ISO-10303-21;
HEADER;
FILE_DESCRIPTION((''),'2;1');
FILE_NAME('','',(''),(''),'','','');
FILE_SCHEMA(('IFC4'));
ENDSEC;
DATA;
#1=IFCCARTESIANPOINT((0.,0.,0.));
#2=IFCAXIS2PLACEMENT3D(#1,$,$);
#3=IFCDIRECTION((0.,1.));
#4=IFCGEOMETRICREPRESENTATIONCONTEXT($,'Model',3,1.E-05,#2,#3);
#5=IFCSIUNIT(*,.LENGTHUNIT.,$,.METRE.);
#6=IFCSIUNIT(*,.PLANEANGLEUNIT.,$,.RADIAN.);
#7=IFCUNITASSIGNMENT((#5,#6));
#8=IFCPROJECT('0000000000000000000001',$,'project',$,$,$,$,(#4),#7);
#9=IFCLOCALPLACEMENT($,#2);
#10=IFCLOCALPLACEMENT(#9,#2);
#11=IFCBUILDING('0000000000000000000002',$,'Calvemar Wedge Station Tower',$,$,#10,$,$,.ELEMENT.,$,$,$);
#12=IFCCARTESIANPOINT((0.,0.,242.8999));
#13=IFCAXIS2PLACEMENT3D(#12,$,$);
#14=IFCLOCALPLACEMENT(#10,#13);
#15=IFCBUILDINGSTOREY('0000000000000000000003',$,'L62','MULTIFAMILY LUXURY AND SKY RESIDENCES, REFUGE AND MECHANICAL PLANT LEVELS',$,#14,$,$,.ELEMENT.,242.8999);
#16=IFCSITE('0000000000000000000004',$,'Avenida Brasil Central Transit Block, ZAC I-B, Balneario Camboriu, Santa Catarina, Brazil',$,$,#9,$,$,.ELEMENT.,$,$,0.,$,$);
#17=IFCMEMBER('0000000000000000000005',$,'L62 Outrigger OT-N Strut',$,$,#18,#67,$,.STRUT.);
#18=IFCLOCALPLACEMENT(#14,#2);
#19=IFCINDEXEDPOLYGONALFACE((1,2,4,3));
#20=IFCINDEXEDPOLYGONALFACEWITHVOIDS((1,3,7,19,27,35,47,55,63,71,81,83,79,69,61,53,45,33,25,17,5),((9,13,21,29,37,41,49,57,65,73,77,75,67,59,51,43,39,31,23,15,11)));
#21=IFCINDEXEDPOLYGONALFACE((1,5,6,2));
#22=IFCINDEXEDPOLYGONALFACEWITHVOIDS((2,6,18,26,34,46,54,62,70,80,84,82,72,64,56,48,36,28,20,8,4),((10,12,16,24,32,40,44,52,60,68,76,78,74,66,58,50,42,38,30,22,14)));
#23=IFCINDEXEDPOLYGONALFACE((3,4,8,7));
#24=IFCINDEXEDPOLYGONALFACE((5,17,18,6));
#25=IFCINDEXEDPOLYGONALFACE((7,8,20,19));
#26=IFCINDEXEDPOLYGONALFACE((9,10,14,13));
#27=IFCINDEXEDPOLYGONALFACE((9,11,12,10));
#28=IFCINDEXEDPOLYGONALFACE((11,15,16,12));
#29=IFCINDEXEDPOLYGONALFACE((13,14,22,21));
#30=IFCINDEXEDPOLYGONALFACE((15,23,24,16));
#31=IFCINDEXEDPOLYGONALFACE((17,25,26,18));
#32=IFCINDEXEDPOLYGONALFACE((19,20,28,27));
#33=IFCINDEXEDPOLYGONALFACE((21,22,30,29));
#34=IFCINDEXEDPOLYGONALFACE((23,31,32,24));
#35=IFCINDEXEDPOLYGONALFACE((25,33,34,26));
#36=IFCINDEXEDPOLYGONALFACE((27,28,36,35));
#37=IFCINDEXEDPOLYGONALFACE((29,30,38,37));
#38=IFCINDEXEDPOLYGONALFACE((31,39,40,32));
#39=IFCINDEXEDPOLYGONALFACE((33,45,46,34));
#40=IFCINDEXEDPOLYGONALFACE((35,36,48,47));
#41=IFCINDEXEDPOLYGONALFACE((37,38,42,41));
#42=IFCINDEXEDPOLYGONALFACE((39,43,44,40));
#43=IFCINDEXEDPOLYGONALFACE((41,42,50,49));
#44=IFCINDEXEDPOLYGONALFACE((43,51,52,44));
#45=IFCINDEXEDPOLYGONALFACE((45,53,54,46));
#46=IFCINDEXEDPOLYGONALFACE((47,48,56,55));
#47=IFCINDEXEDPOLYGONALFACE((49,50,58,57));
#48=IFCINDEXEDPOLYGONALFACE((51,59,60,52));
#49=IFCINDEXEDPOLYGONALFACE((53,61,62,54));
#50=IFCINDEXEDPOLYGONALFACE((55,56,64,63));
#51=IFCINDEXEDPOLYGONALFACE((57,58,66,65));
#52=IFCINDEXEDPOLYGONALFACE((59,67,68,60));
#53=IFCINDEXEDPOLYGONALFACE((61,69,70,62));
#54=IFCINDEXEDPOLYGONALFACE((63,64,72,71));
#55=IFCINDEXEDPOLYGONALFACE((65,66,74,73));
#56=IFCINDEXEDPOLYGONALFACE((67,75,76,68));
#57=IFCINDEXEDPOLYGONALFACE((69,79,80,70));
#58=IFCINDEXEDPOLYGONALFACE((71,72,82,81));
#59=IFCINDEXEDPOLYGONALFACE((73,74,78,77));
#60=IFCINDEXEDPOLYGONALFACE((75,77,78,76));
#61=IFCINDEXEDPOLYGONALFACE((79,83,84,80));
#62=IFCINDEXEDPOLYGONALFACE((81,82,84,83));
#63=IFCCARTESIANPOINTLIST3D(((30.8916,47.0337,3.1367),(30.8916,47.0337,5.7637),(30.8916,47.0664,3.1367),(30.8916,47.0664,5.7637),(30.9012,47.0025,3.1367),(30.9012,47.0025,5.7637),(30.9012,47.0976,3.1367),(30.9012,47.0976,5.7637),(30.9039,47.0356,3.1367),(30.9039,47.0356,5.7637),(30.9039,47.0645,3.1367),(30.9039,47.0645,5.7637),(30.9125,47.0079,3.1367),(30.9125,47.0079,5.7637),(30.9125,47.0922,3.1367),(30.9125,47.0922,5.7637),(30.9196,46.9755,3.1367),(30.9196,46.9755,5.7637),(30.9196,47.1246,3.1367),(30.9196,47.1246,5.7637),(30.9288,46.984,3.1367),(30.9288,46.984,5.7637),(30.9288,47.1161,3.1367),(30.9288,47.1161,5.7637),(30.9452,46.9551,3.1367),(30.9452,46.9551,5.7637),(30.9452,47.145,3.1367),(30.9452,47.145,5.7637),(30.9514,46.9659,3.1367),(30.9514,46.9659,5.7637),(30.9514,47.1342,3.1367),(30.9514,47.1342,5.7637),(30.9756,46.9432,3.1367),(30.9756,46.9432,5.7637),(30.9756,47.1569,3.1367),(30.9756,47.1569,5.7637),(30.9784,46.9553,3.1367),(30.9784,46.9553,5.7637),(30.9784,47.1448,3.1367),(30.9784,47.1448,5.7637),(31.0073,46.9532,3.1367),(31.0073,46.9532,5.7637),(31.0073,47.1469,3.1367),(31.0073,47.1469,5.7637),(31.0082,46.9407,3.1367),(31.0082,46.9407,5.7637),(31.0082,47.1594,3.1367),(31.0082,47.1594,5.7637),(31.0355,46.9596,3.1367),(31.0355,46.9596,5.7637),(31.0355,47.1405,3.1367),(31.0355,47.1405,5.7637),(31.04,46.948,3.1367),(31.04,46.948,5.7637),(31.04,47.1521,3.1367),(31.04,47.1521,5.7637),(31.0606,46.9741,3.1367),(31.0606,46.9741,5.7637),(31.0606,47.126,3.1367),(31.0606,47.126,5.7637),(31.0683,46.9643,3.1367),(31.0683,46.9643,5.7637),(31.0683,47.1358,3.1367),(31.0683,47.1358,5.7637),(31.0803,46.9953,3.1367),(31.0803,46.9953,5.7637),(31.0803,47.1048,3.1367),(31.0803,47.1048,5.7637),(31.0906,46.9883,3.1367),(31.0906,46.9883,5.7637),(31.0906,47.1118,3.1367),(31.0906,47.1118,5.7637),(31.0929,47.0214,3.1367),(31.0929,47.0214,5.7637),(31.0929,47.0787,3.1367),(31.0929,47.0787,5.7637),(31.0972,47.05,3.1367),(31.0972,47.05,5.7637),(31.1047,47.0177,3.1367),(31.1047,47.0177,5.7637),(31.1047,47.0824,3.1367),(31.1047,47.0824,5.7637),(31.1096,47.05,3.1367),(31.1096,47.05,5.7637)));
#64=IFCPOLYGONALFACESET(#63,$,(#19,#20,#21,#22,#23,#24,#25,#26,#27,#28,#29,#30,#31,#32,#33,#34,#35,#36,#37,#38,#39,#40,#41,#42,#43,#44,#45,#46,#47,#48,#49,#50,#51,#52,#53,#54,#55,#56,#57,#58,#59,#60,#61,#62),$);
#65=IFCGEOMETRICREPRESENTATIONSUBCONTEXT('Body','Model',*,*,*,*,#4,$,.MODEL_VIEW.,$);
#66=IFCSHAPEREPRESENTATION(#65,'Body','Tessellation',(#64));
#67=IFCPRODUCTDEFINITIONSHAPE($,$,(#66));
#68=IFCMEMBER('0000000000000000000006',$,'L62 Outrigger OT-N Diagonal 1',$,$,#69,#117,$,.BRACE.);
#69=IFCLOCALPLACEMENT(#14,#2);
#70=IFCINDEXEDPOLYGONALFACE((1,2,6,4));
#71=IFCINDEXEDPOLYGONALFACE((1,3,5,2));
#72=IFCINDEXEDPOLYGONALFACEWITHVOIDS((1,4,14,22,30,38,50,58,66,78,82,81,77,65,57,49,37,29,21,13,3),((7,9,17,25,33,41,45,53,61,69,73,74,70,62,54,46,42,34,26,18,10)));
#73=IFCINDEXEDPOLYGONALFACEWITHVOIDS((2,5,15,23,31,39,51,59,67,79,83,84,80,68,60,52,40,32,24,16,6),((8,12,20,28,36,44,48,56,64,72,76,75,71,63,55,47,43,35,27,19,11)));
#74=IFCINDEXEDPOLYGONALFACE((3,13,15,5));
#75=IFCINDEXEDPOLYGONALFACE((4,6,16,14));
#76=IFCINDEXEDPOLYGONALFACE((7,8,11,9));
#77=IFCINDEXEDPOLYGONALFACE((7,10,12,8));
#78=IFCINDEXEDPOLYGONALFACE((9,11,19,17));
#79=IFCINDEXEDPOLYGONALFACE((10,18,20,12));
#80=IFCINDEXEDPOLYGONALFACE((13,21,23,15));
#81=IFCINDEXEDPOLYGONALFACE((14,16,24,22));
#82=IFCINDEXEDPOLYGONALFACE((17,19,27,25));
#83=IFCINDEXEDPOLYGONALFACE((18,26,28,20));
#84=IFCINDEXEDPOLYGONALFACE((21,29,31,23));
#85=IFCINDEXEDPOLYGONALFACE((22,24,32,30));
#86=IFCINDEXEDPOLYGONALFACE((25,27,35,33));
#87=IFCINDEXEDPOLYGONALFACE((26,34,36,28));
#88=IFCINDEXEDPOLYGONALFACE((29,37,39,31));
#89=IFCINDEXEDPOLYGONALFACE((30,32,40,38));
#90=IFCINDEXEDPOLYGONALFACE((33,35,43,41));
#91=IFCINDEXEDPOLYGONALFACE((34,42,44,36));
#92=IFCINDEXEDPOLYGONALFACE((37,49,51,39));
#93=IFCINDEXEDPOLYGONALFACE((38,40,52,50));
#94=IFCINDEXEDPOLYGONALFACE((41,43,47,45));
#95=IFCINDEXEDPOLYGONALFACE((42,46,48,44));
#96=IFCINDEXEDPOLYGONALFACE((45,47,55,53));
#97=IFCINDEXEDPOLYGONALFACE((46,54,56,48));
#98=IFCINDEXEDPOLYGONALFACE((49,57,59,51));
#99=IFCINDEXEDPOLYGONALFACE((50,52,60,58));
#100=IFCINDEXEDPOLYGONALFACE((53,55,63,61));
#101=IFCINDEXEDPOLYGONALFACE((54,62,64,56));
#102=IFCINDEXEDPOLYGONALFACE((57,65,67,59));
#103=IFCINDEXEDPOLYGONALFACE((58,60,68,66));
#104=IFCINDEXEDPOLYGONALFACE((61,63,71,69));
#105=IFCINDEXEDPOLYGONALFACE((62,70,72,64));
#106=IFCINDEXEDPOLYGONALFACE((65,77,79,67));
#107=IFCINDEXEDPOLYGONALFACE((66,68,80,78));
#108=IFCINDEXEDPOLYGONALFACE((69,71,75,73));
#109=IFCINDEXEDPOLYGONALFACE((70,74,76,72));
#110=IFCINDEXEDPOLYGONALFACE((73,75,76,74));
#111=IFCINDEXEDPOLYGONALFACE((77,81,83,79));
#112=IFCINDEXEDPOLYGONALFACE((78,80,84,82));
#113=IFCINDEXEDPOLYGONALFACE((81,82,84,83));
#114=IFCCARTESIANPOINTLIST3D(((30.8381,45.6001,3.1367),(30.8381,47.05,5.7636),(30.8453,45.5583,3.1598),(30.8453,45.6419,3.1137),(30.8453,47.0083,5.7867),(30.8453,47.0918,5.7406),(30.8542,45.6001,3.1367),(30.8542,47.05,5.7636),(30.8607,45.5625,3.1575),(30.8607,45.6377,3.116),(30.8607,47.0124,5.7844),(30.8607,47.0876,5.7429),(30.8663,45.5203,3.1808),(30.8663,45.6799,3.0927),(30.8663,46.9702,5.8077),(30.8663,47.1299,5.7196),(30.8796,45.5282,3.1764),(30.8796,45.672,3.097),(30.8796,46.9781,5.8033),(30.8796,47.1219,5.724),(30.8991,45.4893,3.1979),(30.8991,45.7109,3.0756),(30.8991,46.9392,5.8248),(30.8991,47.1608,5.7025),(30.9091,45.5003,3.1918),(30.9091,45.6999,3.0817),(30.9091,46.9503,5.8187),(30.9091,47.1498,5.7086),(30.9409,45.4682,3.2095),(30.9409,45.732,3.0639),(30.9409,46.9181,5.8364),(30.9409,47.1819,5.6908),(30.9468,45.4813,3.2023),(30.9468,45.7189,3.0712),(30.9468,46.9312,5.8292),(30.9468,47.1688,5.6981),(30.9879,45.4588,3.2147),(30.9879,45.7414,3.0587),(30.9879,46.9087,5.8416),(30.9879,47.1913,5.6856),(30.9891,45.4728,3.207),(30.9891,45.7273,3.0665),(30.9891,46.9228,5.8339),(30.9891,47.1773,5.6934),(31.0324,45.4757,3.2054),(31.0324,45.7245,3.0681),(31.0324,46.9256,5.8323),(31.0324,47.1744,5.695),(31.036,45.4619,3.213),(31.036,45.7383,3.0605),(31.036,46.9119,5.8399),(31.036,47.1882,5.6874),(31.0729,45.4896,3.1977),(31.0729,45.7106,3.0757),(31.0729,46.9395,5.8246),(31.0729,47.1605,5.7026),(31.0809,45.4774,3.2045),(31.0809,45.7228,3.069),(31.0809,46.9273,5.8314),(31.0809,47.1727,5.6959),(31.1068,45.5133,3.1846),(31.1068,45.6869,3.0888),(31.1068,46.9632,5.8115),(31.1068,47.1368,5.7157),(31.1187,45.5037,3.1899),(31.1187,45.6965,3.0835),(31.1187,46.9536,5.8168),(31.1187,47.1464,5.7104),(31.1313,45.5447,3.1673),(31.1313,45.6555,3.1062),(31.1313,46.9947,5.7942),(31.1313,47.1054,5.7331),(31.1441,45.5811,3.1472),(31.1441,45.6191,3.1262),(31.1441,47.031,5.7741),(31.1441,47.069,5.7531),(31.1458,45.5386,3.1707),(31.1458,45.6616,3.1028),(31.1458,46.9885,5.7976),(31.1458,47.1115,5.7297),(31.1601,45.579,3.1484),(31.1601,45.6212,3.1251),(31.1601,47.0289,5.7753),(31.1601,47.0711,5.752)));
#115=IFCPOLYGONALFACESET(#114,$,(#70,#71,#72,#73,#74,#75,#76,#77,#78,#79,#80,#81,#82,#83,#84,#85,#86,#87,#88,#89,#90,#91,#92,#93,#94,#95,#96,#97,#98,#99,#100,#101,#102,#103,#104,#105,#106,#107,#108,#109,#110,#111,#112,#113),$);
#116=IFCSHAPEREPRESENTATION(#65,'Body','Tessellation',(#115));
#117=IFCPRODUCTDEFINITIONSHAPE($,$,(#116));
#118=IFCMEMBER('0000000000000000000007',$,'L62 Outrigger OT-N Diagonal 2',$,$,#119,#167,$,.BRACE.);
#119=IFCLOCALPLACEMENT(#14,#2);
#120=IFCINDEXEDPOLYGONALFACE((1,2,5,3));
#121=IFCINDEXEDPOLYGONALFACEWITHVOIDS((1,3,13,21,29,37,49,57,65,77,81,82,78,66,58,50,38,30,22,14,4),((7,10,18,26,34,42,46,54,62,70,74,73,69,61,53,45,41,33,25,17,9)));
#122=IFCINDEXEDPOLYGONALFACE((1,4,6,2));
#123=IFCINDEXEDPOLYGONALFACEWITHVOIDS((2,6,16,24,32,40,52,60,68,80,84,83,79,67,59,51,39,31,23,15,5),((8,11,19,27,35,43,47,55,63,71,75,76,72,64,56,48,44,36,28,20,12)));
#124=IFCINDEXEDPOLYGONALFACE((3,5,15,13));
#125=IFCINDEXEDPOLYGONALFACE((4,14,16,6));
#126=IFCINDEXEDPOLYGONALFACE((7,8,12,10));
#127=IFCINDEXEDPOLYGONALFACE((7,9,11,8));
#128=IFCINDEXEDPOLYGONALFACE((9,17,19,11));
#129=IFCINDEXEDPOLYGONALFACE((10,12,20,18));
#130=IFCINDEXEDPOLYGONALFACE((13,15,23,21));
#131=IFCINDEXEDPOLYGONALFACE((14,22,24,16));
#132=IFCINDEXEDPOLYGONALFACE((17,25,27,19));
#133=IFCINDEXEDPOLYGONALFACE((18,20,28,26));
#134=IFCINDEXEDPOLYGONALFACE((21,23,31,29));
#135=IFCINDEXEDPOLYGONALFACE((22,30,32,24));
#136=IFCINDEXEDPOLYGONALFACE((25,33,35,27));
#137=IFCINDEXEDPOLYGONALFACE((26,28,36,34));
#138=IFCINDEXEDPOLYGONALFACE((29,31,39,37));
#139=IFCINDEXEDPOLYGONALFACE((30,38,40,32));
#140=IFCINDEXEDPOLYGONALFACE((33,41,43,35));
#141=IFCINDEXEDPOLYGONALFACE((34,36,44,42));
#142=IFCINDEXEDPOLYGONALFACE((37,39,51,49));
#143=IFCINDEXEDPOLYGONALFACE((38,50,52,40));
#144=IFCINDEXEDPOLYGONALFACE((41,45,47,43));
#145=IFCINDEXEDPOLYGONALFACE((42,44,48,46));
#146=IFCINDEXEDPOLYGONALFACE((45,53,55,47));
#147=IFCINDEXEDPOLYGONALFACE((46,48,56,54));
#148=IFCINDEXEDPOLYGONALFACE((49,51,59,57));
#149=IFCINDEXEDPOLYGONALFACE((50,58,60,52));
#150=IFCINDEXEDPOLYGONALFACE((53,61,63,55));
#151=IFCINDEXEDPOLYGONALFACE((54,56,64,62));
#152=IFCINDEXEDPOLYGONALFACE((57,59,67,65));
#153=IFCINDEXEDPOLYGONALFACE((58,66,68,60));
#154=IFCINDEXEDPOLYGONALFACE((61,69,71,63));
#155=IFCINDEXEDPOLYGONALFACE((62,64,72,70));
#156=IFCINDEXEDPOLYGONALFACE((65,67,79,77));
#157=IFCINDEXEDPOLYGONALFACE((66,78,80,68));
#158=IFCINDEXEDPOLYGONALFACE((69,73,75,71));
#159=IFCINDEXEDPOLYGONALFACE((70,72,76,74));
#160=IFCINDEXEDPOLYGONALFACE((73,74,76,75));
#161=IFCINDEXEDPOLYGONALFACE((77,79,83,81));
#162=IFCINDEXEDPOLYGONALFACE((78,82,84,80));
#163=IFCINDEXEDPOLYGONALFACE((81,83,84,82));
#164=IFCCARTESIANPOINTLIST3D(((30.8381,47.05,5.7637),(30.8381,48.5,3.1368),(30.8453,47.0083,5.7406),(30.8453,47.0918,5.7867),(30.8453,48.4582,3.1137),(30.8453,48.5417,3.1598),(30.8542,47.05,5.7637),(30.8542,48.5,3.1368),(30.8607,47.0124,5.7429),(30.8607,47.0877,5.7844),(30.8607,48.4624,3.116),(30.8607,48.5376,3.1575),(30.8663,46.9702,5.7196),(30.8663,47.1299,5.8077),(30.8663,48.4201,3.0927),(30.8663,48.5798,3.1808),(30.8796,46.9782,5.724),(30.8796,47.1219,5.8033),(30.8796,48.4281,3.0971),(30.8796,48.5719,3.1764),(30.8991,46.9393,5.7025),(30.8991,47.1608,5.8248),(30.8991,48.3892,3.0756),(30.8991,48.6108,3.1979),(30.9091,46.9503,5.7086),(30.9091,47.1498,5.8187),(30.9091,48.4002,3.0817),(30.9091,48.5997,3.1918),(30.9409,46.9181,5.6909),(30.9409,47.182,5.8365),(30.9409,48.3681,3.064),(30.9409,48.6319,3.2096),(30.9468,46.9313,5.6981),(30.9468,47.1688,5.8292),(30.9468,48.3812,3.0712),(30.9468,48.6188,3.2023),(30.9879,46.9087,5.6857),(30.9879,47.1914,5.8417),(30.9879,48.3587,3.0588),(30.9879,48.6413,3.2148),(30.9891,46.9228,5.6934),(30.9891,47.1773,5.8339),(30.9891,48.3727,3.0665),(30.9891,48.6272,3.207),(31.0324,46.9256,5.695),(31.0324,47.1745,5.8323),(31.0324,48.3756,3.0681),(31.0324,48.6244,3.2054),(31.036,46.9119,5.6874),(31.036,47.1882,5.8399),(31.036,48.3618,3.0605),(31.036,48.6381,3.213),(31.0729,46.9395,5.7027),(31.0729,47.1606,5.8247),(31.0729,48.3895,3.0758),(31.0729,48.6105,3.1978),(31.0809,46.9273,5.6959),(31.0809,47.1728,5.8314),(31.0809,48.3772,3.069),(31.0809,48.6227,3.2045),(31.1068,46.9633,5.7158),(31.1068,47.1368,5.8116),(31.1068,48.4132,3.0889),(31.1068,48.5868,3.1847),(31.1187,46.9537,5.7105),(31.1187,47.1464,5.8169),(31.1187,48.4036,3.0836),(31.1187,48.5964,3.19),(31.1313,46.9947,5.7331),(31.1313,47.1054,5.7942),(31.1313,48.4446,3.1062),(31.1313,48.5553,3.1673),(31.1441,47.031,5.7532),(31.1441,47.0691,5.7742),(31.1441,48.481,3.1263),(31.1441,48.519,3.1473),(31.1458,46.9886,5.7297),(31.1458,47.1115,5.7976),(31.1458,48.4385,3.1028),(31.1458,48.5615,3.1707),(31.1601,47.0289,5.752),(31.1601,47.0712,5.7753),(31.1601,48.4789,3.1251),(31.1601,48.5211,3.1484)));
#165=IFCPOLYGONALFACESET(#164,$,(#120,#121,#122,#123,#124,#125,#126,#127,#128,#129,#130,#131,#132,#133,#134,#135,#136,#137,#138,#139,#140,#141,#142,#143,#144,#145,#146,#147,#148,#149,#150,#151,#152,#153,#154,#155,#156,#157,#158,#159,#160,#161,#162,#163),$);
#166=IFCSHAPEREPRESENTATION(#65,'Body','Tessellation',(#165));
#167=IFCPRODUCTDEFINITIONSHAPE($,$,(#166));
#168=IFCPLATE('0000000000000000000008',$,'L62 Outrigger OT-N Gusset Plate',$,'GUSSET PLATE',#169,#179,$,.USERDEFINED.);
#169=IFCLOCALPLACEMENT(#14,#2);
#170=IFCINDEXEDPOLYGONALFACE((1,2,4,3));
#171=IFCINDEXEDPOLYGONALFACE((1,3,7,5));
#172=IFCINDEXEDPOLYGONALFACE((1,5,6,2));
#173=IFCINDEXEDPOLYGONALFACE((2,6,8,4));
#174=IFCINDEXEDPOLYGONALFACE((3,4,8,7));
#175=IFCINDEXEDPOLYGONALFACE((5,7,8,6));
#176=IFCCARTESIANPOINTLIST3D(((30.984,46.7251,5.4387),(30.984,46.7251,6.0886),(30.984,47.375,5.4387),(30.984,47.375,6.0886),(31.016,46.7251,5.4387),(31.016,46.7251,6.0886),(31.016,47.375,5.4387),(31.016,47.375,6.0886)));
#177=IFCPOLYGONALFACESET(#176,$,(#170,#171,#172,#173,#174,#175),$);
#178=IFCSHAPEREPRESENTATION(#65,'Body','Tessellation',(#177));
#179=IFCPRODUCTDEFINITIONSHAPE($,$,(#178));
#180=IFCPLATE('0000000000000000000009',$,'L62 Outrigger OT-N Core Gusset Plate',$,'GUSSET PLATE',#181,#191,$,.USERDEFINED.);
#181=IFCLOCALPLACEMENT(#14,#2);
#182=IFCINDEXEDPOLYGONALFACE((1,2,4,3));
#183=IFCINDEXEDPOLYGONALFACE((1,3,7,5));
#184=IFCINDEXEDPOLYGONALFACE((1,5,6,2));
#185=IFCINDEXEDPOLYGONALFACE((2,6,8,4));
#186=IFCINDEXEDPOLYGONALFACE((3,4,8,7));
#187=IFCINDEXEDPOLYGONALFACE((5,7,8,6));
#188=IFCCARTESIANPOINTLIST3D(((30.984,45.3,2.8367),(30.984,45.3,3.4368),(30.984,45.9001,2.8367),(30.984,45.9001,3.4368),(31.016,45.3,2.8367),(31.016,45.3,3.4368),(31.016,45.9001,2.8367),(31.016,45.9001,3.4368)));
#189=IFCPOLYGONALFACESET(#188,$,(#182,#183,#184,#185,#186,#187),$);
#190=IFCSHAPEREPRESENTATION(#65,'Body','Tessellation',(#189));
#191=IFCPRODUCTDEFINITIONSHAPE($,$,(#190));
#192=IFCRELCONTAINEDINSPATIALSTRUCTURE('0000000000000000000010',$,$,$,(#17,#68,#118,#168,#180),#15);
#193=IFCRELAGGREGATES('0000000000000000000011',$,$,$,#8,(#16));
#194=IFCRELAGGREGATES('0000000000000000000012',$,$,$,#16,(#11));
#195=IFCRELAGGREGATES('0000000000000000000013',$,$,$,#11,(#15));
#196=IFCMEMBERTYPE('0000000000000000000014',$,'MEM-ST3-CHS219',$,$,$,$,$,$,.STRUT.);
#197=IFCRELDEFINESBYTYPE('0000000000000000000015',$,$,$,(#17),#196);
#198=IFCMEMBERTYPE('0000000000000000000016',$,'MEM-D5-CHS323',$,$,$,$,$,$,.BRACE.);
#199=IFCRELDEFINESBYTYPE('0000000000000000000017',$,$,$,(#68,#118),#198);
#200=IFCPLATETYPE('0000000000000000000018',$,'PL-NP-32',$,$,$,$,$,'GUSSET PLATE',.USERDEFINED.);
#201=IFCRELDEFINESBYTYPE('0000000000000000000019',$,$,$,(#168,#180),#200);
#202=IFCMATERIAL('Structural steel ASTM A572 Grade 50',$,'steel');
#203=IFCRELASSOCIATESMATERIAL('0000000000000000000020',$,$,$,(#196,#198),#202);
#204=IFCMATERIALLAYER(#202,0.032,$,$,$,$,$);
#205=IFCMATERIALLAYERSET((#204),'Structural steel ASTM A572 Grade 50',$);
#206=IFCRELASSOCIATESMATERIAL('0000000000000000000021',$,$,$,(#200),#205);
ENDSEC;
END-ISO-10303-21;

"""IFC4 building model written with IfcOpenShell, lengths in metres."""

from ifc_helpers import new_model, si_unit, direction, frame, origin, origin_2d, place, context, subcontext, project, spatial, rectangle, hollow_circle, extrude, source, transform, mapped, material, layer, layer_set, material_profile, profile_set, type_object, element, save


model = new_model("IFC4")

# Units and contexts
model_context = context("Model", 3, precision=1e-05, world=origin(), true_north=direction((0.0, 1.0)))
body_context = subcontext(model_context, "Body", "Model", "MODEL_VIEW")
ifc_project = project(units=[si_unit("LENGTHUNIT", "METRE"), si_unit("PLANEANGLEUNIT", "RADIAN")], contexts=[model_context])

# Site, building, storey
site_placement = place(None, origin())
site = spatial("IfcSite", under=ifc_project, at=site_placement, Name="Avenida Brasil Central Transit Block, ZAC I-B, Balneario Camboriu, Santa Catarina, Brazil", CompositionType="ELEMENT", RefElevation=0.0)
building_placement = place(site_placement, origin())
building = spatial("IfcBuilding", under=site, at=building_placement, Name="Calvemar Wedge Station Tower", CompositionType="ELEMENT")
storey_placement = place(building_placement, frame((0.0, 0.0, 242.8999)))
storey = spatial("IfcBuildingStorey", under=building, at=storey_placement, Name="L62", Description="MULTIFAMILY LUXURY AND SKY RESIDENCES, REFUGE AND MECHANICAL PLANT LEVELS", CompositionType="ELEMENT", Elevation=242.8999)

# Shared definitions
ifc_material_1 = material(Name="Structural steel ASTM A572 Grade 50", Category="steel")

# Members
ifc_material_profile_1 = material_profile(ifc_material_1, hollow_circle(Radius=0.1096, WallThickness=0.0125, at=origin_2d()), Name="CHS219.1x12.5")
ifc_profile_set_1 = profile_set([ifc_material_profile_1], Name="Structural steel ASTM A572 Grade 50")
member_type_1 = type_object("IfcMemberType", Name="MEM-ST3-CHS219", PredefinedType="STRUT", material=ifc_profile_set_1)
shared_shape_1 = source(origin(), body_context, "Body", "SweptSolid", [
    extrude(hollow_circle(Radius=0.1096, WallThickness=0.0125, at=origin_2d()), origin(), (0.0, 0.0, 1.0), 2.627),
])
member_1_placement = place(storey_placement, frame((31.0, 47.05, 3.1367), z_axis=(0.0, 0.0, 1.0), x_axis=(1.0, 0.0, 0.0)))
element("IfcMember", 1, at=member_1_placement, inside=storey, type_object=member_type_1, Name="L62 Outrigger OT-N Strut", PredefinedType="STRUT", context=body_context, shape_type="MappedRepresentation", body=[
    mapped(shared_shape_1, transform((0.0, 0.0, 0.0), scale=1.0)),
])
ifc_material_profile_2 = material_profile(ifc_material_1, hollow_circle(Radius=0.1619, WallThickness=0.0161, at=origin_2d()), Name="CHS323.9x16")
ifc_profile_set_2 = profile_set([ifc_material_profile_2], Name="Structural steel ASTM A572 Grade 50")
member_type_2 = type_object("IfcMemberType", Name="MEM-D5-CHS323", PredefinedType="BRACE", material=ifc_profile_set_2)
shared_shape_2 = source(origin(), body_context, "Body", "SweptSolid", [
    extrude(hollow_circle(Radius=0.1619, WallThickness=0.0161, at=origin_2d()), origin(), (0.0, 0.0, 1.0), 3.0005),
])
for number, where, z_axis, x_axis, name in (
    (2, (31.0, 45.6001, 3.1367), (0.0, 0.48323, 0.875493), (-1.0, 0.0, 0.0), "L62 Outrigger OT-N Diagonal 1"),
    (3, (31.0, 47.05, 5.7637), (0.0, 0.48323, -0.875493), (-1.0, 0.0, 0.0), "L62 Outrigger OT-N Diagonal 2"),
):
    element("IfcMember", number, at=place(storey_placement, frame(where, z_axis=z_axis, x_axis=x_axis)), inside=storey, type_object=member_type_2, Name=name, PredefinedType="BRACE", context=body_context, shape_type="MappedRepresentation", body=[
        mapped(shared_shape_2, transform((0.0, 0.0, 0.0), scale=1.0)),
    ])

# Plates
ifc_layer_1 = layer(ifc_material_1, 0.032)
ifc_layer_set_1 = layer_set([ifc_layer_1], Name="Structural steel ASTM A572 Grade 50")
plate_type_1 = type_object("IfcPlateType", Name="PL-NP-32", ElementType="GUSSET PLATE", PredefinedType="USERDEFINED", material=ifc_layer_set_1)
shared_shape_3 = source(origin(), body_context, "Body", "SweptSolid", [
    extrude(rectangle(XDim=0.6499, YDim=0.032, at=origin_2d()), origin(), (0.0, 0.0, 1.0), 0.6499),
])
plate_placement = place(storey_placement, frame((31.0, 47.05, 5.4387), z_axis=(0.0, 0.0, 1.0), x_axis=(0.0, 1.0, 0.0)))
element("IfcPlate", 4, at=plate_placement, inside=storey, type_object=plate_type_1, Name="L62 Outrigger OT-N Gusset Plate", ObjectType="GUSSET PLATE", PredefinedType="USERDEFINED", context=body_context, shape_type="MappedRepresentation", body=[
    mapped(shared_shape_3, transform((0.0, 0.0, 0.0), scale=1.0)),
])
shared_shape_4 = source(origin(), body_context, "Body", "SweptSolid", [
    extrude(rectangle(XDim=0.6001, YDim=0.032, at=origin_2d()), origin(), (0.0, 0.0, 1.0), 0.6001),
])
for number, where, z_axis, x_axis, name in (
    (5, (31.0, 45.6001, 2.8367), (0.0, 0.0, 1.0), (0.0, 1.0, 0.0), "L62 Outrigger OT-N Core Gusset Plate"),
):
    element("IfcPlate", number, at=place(storey_placement, frame(where, z_axis=z_axis, x_axis=x_axis)), inside=storey, type_object=plate_type_1, Name=name, ObjectType="GUSSET PLATE", PredefinedType="USERDEFINED", context=body_context, shape_type="MappedRepresentation", body=[
        mapped(shared_shape_4, transform((0.0, 0.0, 0.0), scale=1.0)),
    ])

save(model, "model.ifc")
